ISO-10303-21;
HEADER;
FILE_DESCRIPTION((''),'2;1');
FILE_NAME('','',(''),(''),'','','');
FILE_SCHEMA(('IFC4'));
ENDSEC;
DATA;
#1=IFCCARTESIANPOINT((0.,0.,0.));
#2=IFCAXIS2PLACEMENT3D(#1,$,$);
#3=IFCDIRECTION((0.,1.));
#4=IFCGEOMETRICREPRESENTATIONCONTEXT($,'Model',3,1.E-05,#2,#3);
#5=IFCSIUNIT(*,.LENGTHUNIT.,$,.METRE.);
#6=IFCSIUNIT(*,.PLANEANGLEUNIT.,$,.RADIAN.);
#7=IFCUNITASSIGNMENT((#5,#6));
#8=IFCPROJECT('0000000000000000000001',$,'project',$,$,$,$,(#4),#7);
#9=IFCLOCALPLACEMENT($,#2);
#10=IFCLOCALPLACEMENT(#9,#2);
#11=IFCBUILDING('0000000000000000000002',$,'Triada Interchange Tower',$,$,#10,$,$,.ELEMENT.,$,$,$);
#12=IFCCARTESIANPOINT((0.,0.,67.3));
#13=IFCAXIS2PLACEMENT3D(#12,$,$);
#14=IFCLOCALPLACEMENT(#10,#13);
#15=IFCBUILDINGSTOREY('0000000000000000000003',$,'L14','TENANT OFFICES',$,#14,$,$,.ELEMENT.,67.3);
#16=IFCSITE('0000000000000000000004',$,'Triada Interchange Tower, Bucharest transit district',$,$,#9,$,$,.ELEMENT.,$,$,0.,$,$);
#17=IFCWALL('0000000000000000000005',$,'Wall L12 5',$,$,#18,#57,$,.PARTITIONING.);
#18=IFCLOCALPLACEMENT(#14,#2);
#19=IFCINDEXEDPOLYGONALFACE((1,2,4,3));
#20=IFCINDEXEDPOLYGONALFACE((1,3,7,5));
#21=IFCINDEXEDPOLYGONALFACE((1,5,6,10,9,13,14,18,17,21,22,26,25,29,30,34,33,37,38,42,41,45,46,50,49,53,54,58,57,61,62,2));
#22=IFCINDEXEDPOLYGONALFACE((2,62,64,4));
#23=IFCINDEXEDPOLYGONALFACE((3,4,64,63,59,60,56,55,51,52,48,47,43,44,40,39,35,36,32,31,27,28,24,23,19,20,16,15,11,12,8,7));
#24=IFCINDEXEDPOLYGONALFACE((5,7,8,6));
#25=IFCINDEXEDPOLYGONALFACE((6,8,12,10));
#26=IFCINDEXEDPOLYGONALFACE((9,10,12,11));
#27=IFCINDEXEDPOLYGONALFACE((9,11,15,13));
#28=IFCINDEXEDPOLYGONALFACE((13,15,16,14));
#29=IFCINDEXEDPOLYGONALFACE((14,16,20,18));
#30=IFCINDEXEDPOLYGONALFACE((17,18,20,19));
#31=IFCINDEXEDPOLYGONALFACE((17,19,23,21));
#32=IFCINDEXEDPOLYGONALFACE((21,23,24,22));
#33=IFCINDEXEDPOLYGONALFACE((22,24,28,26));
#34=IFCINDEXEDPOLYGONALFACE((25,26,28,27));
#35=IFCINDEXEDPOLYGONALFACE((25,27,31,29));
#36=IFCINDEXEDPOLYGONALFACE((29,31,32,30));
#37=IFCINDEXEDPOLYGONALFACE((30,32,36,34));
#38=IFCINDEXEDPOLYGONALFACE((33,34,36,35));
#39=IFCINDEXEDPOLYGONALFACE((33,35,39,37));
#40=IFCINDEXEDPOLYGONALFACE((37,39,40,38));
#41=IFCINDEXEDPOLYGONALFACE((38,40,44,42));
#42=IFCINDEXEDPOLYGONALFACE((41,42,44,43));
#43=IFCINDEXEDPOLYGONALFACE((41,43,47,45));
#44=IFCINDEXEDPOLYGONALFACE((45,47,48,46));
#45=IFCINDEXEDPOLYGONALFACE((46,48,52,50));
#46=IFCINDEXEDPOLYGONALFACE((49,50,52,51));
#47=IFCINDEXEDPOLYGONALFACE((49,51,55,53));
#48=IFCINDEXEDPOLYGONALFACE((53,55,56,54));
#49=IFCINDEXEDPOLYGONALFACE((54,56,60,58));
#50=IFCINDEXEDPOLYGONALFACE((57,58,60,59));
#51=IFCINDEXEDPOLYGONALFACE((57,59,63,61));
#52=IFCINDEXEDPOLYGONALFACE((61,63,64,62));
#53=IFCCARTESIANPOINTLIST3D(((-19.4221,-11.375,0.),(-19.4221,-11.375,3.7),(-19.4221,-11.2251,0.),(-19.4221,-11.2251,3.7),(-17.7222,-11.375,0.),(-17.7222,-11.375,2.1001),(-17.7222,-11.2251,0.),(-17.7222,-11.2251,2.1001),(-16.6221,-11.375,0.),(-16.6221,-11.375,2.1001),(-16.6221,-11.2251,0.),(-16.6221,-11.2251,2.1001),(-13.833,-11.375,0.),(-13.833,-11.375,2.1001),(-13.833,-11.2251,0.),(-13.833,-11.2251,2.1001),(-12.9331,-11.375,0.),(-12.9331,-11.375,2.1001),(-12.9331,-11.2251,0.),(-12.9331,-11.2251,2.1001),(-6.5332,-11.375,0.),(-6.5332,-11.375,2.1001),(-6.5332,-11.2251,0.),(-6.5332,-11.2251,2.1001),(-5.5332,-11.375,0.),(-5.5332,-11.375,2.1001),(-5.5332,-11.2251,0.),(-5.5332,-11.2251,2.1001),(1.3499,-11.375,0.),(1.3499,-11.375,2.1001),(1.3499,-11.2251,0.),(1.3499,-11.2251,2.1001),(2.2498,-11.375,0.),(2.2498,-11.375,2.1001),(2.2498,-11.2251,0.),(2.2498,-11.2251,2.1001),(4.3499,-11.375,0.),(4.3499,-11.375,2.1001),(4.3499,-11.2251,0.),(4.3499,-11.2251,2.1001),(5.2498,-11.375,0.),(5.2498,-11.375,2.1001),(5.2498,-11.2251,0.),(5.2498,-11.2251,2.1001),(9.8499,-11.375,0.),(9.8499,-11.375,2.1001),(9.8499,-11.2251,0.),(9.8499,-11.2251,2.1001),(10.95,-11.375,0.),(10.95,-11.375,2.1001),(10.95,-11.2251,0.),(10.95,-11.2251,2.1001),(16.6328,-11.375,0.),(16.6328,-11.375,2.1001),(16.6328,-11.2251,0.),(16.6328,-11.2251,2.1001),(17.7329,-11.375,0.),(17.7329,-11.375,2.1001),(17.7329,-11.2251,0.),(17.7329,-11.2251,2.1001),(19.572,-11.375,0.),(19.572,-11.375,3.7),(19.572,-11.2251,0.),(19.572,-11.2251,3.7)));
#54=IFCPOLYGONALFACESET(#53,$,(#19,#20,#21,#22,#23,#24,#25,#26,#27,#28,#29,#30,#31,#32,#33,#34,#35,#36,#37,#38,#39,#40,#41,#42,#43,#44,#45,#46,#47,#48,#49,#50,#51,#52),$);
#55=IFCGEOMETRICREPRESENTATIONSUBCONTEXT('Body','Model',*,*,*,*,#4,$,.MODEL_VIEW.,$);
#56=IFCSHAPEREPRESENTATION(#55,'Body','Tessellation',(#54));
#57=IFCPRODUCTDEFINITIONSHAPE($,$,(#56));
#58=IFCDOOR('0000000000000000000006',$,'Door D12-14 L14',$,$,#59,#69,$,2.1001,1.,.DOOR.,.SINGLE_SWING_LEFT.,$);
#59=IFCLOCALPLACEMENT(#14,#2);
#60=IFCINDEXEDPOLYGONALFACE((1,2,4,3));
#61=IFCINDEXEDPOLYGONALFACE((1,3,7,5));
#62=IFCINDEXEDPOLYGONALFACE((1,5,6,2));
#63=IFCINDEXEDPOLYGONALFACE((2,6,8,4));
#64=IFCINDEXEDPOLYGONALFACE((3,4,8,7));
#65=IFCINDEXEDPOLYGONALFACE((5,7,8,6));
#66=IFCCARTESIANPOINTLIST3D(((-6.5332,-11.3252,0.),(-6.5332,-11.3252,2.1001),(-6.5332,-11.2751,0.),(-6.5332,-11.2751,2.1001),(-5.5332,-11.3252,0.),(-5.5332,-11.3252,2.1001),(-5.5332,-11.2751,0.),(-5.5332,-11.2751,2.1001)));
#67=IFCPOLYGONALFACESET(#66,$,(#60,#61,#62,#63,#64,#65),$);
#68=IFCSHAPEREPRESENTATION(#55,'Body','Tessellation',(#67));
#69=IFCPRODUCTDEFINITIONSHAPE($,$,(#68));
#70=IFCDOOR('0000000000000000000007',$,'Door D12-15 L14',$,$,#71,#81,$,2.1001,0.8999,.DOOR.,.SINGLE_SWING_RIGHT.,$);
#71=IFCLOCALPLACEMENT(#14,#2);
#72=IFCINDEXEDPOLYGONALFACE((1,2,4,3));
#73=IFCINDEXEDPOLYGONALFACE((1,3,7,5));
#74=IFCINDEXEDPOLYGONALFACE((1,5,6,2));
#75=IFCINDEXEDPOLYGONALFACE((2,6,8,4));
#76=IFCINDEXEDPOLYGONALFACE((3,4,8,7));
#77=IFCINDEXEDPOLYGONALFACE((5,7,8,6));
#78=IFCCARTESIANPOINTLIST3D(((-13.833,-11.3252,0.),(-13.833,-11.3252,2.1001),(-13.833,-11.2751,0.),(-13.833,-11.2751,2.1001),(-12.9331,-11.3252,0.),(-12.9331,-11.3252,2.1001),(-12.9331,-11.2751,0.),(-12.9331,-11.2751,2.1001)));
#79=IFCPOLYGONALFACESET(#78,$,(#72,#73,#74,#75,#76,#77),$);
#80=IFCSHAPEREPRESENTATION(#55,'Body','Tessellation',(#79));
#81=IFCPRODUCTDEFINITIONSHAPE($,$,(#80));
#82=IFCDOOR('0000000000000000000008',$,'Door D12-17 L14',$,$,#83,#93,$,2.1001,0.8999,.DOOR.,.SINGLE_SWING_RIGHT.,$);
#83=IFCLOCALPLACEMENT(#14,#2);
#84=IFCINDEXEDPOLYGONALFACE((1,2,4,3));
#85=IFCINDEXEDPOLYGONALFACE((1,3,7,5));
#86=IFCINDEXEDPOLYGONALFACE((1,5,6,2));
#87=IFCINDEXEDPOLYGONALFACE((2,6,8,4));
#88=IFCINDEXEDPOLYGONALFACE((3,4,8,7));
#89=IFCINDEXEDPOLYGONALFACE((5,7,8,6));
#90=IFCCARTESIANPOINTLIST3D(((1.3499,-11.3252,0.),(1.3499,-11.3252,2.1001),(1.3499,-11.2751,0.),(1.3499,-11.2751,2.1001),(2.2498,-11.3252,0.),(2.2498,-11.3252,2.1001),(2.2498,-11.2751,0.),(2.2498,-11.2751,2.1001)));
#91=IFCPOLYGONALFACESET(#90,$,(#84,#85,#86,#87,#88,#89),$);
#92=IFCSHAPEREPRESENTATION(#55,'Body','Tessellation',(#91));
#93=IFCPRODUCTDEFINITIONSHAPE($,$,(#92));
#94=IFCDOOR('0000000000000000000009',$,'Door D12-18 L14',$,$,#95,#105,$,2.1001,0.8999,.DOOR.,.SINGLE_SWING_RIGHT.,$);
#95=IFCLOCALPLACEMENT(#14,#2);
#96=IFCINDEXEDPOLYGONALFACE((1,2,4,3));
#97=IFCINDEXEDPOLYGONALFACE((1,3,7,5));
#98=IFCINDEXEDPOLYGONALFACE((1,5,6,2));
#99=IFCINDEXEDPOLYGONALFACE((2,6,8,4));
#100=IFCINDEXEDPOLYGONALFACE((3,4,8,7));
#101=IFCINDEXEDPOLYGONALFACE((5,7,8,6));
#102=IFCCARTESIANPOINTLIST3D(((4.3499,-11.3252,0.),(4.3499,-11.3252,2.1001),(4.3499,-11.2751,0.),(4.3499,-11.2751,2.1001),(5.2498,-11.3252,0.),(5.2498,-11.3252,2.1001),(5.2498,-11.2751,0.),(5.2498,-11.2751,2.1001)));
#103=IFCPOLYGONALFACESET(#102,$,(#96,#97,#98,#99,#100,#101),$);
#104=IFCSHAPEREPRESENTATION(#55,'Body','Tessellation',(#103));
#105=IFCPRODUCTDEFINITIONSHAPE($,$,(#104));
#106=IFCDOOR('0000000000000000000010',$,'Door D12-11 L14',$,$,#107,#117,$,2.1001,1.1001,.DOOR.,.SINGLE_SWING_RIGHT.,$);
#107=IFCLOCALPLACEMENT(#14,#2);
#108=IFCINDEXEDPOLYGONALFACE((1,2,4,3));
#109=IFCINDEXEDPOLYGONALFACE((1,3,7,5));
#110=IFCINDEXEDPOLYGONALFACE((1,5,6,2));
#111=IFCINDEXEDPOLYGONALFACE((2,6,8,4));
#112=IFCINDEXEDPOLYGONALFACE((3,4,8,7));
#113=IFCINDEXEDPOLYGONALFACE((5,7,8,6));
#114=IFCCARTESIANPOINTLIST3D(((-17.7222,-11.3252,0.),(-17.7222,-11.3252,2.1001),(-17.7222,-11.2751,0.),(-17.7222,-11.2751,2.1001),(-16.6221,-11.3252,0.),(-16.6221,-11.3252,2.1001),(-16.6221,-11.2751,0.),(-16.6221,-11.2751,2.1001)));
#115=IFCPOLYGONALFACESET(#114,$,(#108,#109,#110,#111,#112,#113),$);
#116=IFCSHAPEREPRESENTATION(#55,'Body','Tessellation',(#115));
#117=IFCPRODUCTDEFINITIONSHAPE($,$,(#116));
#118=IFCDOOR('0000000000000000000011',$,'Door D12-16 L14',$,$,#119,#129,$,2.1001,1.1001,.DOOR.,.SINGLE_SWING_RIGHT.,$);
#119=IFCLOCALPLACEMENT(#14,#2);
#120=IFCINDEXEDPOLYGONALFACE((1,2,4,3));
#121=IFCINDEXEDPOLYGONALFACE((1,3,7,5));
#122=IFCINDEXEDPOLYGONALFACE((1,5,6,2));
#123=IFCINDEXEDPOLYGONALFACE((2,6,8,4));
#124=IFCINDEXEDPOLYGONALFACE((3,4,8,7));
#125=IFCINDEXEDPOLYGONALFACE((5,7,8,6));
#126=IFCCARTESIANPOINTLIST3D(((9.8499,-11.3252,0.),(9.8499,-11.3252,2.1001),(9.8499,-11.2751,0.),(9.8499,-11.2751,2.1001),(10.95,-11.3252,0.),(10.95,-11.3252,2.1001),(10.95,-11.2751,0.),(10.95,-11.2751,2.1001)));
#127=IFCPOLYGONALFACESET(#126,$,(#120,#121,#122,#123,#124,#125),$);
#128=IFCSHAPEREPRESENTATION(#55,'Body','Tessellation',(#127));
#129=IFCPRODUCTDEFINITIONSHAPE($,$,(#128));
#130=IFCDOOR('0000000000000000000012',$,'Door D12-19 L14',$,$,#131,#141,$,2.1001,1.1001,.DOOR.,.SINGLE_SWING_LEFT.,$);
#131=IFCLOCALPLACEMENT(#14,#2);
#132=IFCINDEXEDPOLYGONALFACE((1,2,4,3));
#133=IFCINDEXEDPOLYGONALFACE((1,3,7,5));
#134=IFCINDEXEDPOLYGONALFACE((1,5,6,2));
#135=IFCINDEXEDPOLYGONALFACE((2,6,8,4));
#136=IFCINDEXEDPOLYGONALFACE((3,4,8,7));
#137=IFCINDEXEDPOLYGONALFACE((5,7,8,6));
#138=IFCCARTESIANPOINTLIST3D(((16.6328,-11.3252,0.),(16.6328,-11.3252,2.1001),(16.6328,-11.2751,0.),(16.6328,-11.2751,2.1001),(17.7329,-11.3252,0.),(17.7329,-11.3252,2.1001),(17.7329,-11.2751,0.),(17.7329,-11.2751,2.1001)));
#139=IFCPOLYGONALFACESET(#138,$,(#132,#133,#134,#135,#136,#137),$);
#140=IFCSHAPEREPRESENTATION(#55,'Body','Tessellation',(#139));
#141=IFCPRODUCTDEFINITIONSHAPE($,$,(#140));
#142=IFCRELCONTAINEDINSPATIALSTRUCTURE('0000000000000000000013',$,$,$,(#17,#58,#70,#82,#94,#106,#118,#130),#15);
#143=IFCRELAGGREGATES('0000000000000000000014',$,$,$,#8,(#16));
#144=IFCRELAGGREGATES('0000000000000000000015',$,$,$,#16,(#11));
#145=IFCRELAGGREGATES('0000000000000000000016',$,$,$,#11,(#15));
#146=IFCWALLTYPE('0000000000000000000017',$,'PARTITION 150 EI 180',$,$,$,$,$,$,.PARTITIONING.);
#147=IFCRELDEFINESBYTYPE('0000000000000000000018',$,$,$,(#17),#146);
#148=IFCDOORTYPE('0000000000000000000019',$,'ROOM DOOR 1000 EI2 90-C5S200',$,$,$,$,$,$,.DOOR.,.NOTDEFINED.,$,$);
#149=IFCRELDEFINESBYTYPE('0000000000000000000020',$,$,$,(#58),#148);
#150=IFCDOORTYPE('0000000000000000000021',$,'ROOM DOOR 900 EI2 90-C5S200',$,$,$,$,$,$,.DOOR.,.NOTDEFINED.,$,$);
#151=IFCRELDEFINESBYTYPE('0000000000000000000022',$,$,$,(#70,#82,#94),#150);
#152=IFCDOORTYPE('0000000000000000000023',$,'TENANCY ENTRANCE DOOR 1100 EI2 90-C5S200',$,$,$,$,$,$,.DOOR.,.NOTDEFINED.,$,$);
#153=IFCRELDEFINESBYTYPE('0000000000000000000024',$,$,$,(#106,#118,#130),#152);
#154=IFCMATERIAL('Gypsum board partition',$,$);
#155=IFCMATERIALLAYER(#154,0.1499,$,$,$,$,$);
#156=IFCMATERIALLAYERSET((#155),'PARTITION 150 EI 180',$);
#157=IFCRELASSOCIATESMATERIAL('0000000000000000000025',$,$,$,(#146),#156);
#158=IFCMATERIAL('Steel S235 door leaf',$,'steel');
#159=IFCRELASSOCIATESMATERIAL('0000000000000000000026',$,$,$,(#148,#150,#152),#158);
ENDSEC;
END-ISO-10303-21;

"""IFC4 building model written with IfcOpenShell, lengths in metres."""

from ifc_helpers import new_model, si_unit, direction, frame, frame_2d, origin, place, context, subcontext, project, spatial, rectangle, extrude, material, layer, layer_set, type_object, element, fill, save


model = new_model("IFC4")

# Units and contexts
model_context = context("Model", 3, precision=1e-05, world=origin(), true_north=direction((0.0, 1.0)))
body_context = subcontext(model_context, "Body", "Model", "MODEL_VIEW")
ifc_project = project(units=[si_unit("LENGTHUNIT", "METRE"), si_unit("PLANEANGLEUNIT", "RADIAN")], contexts=[model_context])

# Site, building, storey
site_placement = place(None, origin())
site = spatial("IfcSite", under=ifc_project, at=site_placement, Name="Triada Interchange Tower, Bucharest transit district", CompositionType="ELEMENT", RefElevation=0.0)
building_placement = place(site_placement, origin())
building = spatial("IfcBuilding", under=site, at=building_placement, Name="Triada Interchange Tower", CompositionType="ELEMENT")
storey_placement = place(building_placement, frame((0.0, 0.0, 67.3)))
storey = spatial("IfcBuildingStorey", under=building, at=storey_placement, Name="L14", Description="TENANT OFFICES", CompositionType="ELEMENT", Elevation=67.3)

# Wall, openings, doors
ifc_material_1 = material(Name="Gypsum board partition")
ifc_layer_1 = layer(ifc_material_1, 0.1499)
ifc_layer_set_1 = layer_set([ifc_layer_1], Name="PARTITION 150 EI 180")
wall_type_1 = type_object("IfcWallType", Name="PARTITION 150 EI 180", PredefinedType="PARTITIONING", material=ifc_layer_set_1)
ifc_material_2 = material(Name="Steel S235 door leaf", Category="steel")
door_type_1 = type_object("IfcDoorType", Name="ROOM DOOR 1000 EI2 90-C5S200", OperationType="NOTDEFINED", PredefinedType="DOOR", material=ifc_material_2)
door_type_2 = type_object("IfcDoorType", Name="ROOM DOOR 900 EI2 90-C5S200", OperationType="NOTDEFINED", PredefinedType="DOOR", material=ifc_material_2)
door_type_3 = type_object("IfcDoorType", Name="TENANCY ENTRANCE DOOR 1100 EI2 90-C5S200", OperationType="NOTDEFINED", PredefinedType="DOOR", material=ifc_material_2)
wall_1_placement = place(storey_placement, frame((-19.4221, -11.3, 0.0), z_axis=(0.0, 0.0, 1.0), x_axis=(1.0, 0.0, 0.0)))
wall_1 = element("IfcWall", 1, at=wall_1_placement, inside=storey, type_object=wall_type_1, Name="Wall L12 5", PredefinedType="PARTITIONING", context=body_context, shape_type="SweptSolid", body=[
    extrude(rectangle(XDim=38.9941, YDim=0.1499, at=frame_2d((19.4971, 0.0))), origin(), (0.0, 0.0, 1.0), 3.7),
])
opening_1_placement = place(wall_1_placement, frame((1.7, 0.0, 0.0)))
opening_1 = element("IfcOpeningElement", 2, at=opening_1_placement, cuts=wall_1, PredefinedType="OPENING", context=body_context, shape_type="SweptSolid", body=[
    extrude(rectangle(XDim=1.1001, YDim=2.1001, at=frame_2d((0.55, 1.05))), frame((0.0, 0.085, 0.0), z_axis=(0.0, -1.0, 0.0), x_axis=(1.0, 0.0, 0.0)), (0.0, 0.0, 1.0), 0.1699),
])
opening_2_placement = place(wall_1_placement, frame((12.8889, 0.0, 0.0)))
opening_2 = element("IfcOpeningElement", 3, at=opening_2_placement, cuts=wall_1, PredefinedType="OPENING", context=body_context, shape_type="SweptSolid", body=[
    extrude(rectangle(XDim=1.0, YDim=2.1001, at=frame_2d((0.5, 1.05))), frame((0.0, 0.085, 0.0), z_axis=(0.0, -1.0, 0.0), x_axis=(1.0, 0.0, 0.0)), (0.0, 0.0, 1.0), 0.1699),
])
opening_3_placement = place(wall_1_placement, frame((5.5891, 0.0, 0.0)))
opening_3 = element("IfcOpeningElement", 4, at=opening_3_placement, cuts=wall_1, PredefinedType="OPENING", context=body_context, shape_type="SweptSolid", body=[
    extrude(rectangle(XDim=0.8999, YDim=2.1001, at=frame_2d((0.45, 1.05))), frame((0.0, 0.085, 0.0), z_axis=(0.0, -1.0, 0.0), x_axis=(1.0, 0.0, 0.0)), (0.0, 0.0, 1.0), 0.1699),
])
opening_4_placement = place(wall_1_placement, frame((29.272, 0.0, 0.0)))
opening_4 = element("IfcOpeningElement", 5, at=opening_4_placement, cuts=wall_1, PredefinedType="OPENING", context=body_context, shape_type="SweptSolid", body=[
    extrude(rectangle(XDim=1.1001, YDim=2.1001, at=frame_2d((0.55, 1.05))), frame((0.0, 0.085, 0.0), z_axis=(0.0, -1.0, 0.0), x_axis=(1.0, 0.0, 0.0)), (0.0, 0.0, 1.0), 0.1699),
])
opening_5_placement = place(wall_1_placement, frame((20.772, 0.0, 0.0)))
opening_5 = element("IfcOpeningElement", 6, at=opening_5_placement, cuts=wall_1, PredefinedType="OPENING", context=body_context, shape_type="SweptSolid", body=[
    extrude(rectangle(XDim=0.8999, YDim=2.1001, at=frame_2d((0.45, 1.05))), frame((0.0, 0.085, 0.0), z_axis=(0.0, -1.0, 0.0), x_axis=(1.0, 0.0, 0.0)), (0.0, 0.0, 1.0), 0.1699),
])
opening_6_placement = place(wall_1_placement, frame((23.772, 0.0, 0.0)))
opening_6 = element("IfcOpeningElement", 7, at=opening_6_placement, cuts=wall_1, PredefinedType="OPENING", context=body_context, shape_type="SweptSolid", body=[
    extrude(rectangle(XDim=0.8999, YDim=2.1001, at=frame_2d((0.45, 1.05))), frame((0.0, 0.085, 0.0), z_axis=(0.0, -1.0, 0.0), x_axis=(1.0, 0.0, 0.0)), (0.0, 0.0, 1.0), 0.1699),
])
opening_7_placement = place(wall_1_placement, frame((36.0549, 0.0, 0.0)))
opening_7 = element("IfcOpeningElement", 8, at=opening_7_placement, cuts=wall_1, PredefinedType="OPENING", context=body_context, shape_type="SweptSolid", body=[
    extrude(rectangle(XDim=1.1001, YDim=2.1001, at=frame_2d((0.55, 1.05))), frame((0.0, 0.085, 0.0), z_axis=(0.0, -1.0, 0.0), x_axis=(1.0, 0.0, 0.0)), (0.0, 0.0, 1.0), 0.1699),
])
door_1_placement = place(opening_2_placement, origin())
door_1 = element("IfcDoor", 9, at=door_1_placement, inside=storey, type_object=door_type_1, Name="Door D12-14 L14", OperationType="SINGLE_SWING_LEFT", OverallHeight=2.1001, OverallWidth=1.0, PredefinedType="DOOR", context=body_context, shape_type="SweptSolid", body=[
    extrude(rectangle(XDim=1.0, YDim=2.1001, at=frame_2d((0.5, 1.05))), frame((0.0, 0.0249, 0.0), z_axis=(0.0, -1.0, 0.0), x_axis=(1.0, 0.0, 0.0)), (0.0, 0.0, 1.0), 0.05),
])
fill(opening_2, door_1)
door_2_placement = place(opening_3_placement, origin())
door_2 = element("IfcDoor", 10, at=door_2_placement, inside=storey, type_object=door_type_2, Name="Door D12-15 L14", OperationType="SINGLE_SWING_RIGHT", OverallHeight=2.1001, OverallWidth=0.8999, PredefinedType="DOOR", context=body_context, shape_type="SweptSolid", body=[
    extrude(rectangle(XDim=0.8999, YDim=2.1001, at=frame_2d((0.45, 1.05))), frame((0.0, 0.0249, 0.0), z_axis=(0.0, -1.0, 0.0), x_axis=(1.0, 0.0, 0.0)), (0.0, 0.0, 1.0), 0.05),
])
fill(opening_3, door_2)
door_3_placement = place(opening_5_placement, origin())
door_3 = element("IfcDoor", 11, at=door_3_placement, inside=storey, type_object=door_type_2, Name="Door D12-17 L14", OperationType="SINGLE_SWING_RIGHT", OverallHeight=2.1001, OverallWidth=0.8999, PredefinedType="DOOR", context=body_context, shape_type="SweptSolid", body=[
    extrude(rectangle(XDim=0.8999, YDim=2.1001, at=frame_2d((0.45, 1.05))), frame((0.0, 0.0249, 0.0), z_axis=(0.0, -1.0, 0.0), x_axis=(1.0, 0.0, 0.0)), (0.0, 0.0, 1.0), 0.05),
])
fill(opening_5, door_3)
door_4_placement = place(opening_6_placement, origin())
door_4 = element("IfcDoor", 12, at=door_4_placement, inside=storey, type_object=door_type_2, Name="Door D12-18 L14", OperationType="SINGLE_SWING_RIGHT", OverallHeight=2.1001, OverallWidth=0.8999, PredefinedType="DOOR", context=body_context, shape_type="SweptSolid", body=[
    extrude(rectangle(XDim=0.8999, YDim=2.1001, at=frame_2d((0.45, 1.05))), frame((0.0, 0.0249, 0.0), z_axis=(0.0, -1.0, 0.0), x_axis=(1.0, 0.0, 0.0)), (0.0, 0.0, 1.0), 0.05),
])
fill(opening_6, door_4)
door_5_placement = place(opening_1_placement, origin())
door_5 = element("IfcDoor", 13, at=door_5_placement, inside=storey, type_object=door_type_3, Name="Door D12-11 L14", OperationType="SINGLE_SWING_RIGHT", OverallHeight=2.1001, OverallWidth=1.1001, PredefinedType="DOOR", context=body_context, shape_type="SweptSolid", body=[
    extrude(rectangle(XDim=1.1001, YDim=2.1001, at=frame_2d((0.55, 1.05))), frame((0.0, 0.0249, 0.0), z_axis=(0.0, -1.0, 0.0), x_axis=(1.0, 0.0, 0.0)), (0.0, 0.0, 1.0), 0.05),
])
fill(opening_1, door_5)
door_6_placement = place(opening_4_placement, origin())
door_6 = element("IfcDoor", 14, at=door_6_placement, inside=storey, type_object=door_type_3, Name="Door D12-16 L14", OperationType="SINGLE_SWING_RIGHT", OverallHeight=2.1001, OverallWidth=1.1001, PredefinedType="DOOR", context=body_context, shape_type="SweptSolid", body=[
    extrude(rectangle(XDim=1.1001, YDim=2.1001, at=frame_2d((0.55, 1.05))), frame((0.0, 0.0249, 0.0), z_axis=(0.0, -1.0, 0.0), x_axis=(1.0, 0.0, 0.0)), (0.0, 0.0, 1.0), 0.05),
])
fill(opening_4, door_6)
door_7_placement = place(opening_7_placement, origin())
door_7 = element("IfcDoor", 15, at=door_7_placement, inside=storey, type_object=door_type_3, Name="Door D12-19 L14", OperationType="SINGLE_SWING_LEFT", OverallHeight=2.1001, OverallWidth=1.1001, PredefinedType="DOOR", context=body_context, shape_type="SweptSolid", body=[
    extrude(rectangle(XDim=1.1001, YDim=2.1001, at=frame_2d((0.55, 1.05))), frame((0.0, 0.0249, 0.0), z_axis=(0.0, -1.0, 0.0), x_axis=(1.0, 0.0, 0.0)), (0.0, 0.0, 1.0), 0.05),
])
fill(opening_7, door_7)

save(model, "model.ifc")
